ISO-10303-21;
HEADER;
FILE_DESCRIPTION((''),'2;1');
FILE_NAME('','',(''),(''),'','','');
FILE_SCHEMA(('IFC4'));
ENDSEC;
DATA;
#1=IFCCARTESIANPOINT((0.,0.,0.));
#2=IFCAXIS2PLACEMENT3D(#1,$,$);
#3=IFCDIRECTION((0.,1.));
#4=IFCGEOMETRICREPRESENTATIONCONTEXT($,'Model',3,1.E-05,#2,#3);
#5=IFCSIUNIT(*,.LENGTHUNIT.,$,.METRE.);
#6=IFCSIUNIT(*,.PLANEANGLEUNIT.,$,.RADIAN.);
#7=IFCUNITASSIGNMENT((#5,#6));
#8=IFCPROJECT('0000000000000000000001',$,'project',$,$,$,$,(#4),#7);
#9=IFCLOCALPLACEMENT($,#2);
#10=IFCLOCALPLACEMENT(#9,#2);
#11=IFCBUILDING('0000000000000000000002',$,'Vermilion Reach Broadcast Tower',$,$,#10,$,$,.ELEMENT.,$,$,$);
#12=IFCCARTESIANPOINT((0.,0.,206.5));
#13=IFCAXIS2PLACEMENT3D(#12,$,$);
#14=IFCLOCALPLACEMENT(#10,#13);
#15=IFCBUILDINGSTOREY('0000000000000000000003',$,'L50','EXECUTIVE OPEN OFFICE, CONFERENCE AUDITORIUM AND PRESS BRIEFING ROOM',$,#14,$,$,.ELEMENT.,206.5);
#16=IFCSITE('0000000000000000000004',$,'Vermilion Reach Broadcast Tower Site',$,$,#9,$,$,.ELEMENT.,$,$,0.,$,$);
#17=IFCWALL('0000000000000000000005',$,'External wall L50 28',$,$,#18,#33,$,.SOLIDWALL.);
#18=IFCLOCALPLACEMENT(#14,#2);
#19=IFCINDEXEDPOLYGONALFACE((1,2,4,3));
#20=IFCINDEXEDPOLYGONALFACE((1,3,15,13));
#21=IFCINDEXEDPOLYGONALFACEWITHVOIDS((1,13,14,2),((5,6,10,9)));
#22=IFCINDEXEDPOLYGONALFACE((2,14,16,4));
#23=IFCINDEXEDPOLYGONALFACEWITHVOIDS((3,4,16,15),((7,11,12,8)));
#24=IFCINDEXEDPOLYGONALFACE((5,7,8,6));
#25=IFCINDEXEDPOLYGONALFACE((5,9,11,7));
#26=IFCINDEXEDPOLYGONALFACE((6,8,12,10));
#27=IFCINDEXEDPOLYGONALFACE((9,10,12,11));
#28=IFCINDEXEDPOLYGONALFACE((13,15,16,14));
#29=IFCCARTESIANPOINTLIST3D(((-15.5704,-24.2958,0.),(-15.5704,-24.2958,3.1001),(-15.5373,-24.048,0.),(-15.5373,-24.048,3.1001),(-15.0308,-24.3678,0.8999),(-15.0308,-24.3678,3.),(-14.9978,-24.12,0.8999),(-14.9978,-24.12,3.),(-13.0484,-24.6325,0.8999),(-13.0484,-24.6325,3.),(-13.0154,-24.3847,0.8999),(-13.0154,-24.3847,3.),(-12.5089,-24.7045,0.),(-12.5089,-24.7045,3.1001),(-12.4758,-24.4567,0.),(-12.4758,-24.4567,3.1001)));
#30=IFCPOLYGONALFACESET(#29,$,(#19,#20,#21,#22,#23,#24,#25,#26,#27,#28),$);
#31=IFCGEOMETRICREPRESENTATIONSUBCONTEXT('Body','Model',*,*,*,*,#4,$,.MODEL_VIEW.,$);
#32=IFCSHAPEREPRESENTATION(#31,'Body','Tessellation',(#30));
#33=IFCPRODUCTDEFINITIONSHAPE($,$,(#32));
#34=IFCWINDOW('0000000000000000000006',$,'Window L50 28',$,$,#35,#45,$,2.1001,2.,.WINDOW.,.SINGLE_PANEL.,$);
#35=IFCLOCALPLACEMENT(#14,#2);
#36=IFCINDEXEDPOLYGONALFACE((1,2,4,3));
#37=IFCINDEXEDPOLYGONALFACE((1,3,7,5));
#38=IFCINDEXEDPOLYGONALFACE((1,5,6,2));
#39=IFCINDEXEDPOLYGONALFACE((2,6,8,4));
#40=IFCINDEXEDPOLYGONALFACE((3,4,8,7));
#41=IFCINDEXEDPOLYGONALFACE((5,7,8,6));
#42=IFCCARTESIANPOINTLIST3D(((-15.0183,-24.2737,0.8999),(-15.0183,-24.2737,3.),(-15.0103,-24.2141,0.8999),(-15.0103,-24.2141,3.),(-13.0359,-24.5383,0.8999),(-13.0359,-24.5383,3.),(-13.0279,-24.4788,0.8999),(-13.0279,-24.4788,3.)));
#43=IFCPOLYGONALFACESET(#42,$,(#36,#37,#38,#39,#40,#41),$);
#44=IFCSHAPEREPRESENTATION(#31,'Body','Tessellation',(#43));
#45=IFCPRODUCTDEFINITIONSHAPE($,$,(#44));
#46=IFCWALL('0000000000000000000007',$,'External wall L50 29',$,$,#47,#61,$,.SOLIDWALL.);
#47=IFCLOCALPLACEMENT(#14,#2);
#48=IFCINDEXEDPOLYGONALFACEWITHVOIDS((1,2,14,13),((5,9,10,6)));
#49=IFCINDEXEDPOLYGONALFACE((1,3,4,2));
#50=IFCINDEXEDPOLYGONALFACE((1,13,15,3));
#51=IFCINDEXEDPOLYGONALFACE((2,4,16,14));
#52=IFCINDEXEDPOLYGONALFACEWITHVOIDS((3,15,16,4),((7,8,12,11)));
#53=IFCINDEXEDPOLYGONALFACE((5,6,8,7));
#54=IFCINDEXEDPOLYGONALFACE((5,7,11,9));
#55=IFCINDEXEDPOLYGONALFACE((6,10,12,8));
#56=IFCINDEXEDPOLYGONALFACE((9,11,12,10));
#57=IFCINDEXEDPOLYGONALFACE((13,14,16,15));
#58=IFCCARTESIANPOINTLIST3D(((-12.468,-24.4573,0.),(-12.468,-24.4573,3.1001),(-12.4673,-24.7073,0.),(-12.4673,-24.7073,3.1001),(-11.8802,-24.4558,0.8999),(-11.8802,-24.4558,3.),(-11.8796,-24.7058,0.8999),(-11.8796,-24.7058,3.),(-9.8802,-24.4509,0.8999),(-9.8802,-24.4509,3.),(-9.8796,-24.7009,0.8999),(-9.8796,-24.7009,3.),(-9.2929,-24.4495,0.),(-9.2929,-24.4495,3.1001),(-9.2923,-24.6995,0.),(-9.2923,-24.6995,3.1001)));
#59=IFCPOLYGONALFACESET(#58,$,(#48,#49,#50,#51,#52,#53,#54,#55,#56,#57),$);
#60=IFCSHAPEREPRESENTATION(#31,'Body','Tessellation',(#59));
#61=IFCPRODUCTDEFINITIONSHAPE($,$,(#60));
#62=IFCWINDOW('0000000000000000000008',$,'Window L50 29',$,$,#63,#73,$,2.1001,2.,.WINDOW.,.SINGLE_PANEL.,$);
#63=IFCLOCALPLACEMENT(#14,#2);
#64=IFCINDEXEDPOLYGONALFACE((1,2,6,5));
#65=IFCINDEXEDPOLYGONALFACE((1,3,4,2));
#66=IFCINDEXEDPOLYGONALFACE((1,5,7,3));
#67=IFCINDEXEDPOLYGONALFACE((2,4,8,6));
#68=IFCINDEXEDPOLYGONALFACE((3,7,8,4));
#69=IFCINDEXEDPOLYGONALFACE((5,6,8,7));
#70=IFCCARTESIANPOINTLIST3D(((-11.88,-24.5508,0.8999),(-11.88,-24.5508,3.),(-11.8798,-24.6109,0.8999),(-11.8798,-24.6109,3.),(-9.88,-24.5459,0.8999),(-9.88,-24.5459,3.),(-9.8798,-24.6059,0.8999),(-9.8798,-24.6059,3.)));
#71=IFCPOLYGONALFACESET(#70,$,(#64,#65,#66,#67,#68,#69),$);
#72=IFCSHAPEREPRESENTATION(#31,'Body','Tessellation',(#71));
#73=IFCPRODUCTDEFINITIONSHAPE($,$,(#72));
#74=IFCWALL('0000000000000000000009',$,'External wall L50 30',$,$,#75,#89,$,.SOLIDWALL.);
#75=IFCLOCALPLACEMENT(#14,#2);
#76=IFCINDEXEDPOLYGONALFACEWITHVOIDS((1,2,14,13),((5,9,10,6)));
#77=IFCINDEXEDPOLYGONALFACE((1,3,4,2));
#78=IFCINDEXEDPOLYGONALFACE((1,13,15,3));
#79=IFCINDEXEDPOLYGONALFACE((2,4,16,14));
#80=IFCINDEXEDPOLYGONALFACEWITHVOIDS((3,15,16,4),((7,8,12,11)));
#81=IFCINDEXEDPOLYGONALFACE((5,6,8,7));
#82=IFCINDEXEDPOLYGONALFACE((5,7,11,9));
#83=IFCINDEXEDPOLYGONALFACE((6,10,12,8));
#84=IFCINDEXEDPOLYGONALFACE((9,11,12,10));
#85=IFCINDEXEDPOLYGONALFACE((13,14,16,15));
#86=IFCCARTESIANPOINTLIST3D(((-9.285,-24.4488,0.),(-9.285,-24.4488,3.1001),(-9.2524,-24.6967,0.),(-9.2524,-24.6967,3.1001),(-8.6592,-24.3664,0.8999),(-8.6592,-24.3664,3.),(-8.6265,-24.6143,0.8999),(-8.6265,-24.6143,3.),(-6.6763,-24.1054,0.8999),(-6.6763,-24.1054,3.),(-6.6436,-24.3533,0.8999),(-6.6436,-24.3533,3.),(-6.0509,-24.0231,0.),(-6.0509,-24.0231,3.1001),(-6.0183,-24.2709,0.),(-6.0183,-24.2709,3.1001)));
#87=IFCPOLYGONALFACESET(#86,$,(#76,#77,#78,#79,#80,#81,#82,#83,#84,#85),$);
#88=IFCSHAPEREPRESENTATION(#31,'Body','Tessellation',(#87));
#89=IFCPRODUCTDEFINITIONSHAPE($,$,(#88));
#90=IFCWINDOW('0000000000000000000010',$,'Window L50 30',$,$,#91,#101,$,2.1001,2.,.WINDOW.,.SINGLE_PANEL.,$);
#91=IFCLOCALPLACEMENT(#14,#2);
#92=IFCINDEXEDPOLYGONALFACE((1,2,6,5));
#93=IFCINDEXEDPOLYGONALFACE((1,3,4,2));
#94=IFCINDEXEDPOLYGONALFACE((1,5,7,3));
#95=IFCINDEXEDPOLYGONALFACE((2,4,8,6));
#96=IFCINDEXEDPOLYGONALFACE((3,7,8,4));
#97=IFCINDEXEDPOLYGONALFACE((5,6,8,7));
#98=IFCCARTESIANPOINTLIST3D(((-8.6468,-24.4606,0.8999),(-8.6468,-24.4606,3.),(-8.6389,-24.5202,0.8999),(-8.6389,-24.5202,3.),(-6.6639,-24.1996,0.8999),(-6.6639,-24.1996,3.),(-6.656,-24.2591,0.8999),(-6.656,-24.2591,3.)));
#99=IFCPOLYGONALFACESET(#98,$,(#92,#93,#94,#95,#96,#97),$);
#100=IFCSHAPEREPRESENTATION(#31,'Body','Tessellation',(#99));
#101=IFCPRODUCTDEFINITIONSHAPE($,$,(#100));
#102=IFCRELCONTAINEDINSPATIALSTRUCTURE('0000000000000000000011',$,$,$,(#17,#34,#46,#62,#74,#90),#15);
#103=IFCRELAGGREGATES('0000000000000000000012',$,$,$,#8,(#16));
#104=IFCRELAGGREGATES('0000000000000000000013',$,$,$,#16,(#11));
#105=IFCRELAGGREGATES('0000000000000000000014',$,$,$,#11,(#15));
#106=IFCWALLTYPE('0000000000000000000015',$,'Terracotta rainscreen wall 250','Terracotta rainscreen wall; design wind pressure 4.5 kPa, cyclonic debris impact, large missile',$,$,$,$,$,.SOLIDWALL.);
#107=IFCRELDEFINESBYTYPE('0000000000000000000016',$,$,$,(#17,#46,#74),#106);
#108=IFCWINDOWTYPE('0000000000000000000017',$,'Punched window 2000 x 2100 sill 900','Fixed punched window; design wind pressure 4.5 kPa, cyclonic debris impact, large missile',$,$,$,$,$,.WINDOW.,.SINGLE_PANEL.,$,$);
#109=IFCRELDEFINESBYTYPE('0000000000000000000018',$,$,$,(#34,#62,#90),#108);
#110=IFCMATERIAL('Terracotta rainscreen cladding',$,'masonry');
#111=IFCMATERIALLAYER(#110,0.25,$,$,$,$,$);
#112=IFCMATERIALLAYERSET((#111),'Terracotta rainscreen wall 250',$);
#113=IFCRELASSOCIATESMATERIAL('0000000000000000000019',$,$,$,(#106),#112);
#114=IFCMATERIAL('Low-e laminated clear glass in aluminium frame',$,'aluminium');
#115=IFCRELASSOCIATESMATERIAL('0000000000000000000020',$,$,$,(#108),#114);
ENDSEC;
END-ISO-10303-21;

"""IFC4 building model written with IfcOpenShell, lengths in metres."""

from ifc_helpers import new_model, si_unit, direction, frame, frame_2d, origin, place, context, subcontext, project, spatial, rectangle, extrude, material, layer, layer_set, type_object, element, fill, save


model = new_model("IFC4")

# Units and contexts
model_context = context("Model", 3, precision=1e-05, world=origin(), true_north=direction((0.0, 1.0)))
body_context = subcontext(model_context, "Body", "Model", "MODEL_VIEW")
ifc_project = project(units=[si_unit("LENGTHUNIT", "METRE"), si_unit("PLANEANGLEUNIT", "RADIAN")], contexts=[model_context])

# Site, building, storey
site_placement = place(None, origin())
site = spatial("IfcSite", under=ifc_project, at=site_placement, Name="Vermilion Reach Broadcast Tower Site", CompositionType="ELEMENT", RefElevation=0.0)
building_placement = place(site_placement, origin())
building = spatial("IfcBuilding", under=site, at=building_placement, Name="Vermilion Reach Broadcast Tower", CompositionType="ELEMENT")
storey_placement = place(building_placement, frame((0.0, 0.0, 206.5)))
storey = spatial("IfcBuildingStorey", under=building, at=storey_placement, Name="L50", Description="EXECUTIVE OPEN OFFICE, CONFERENCE AUDITORIUM AND PRESS BRIEFING ROOM", CompositionType="ELEMENT", Elevation=206.5)

# Shared definitions
ifc_material_1 = material(Name="Terracotta rainscreen cladding", Category="masonry")
ifc_layer_1 = layer(ifc_material_1, 0.25)
ifc_layer_set_1 = layer_set([ifc_layer_1], Name="Terracotta rainscreen wall 250")
wall_type_1 = type_object("IfcWallType", Name="Terracotta rainscreen wall 250", Description="Terracotta rainscreen wall; design wind pressure 4.5 kPa, cyclonic debris impact, large missile", PredefinedType="SOLIDWALL", material=ifc_layer_set_1)

# Walls, openings, windows
wall_1_placement = place(storey_placement, frame((-15.554, -24.1719, 0.0), z_axis=(0.0, 0.0, 1.0), x_axis=(0.991207, -0.132319, 0.0)))
wall_1 = element("IfcWall", 1, at=wall_1_placement, inside=storey, type_object=wall_type_1, Name="External wall L50 28", PredefinedType="SOLIDWALL", context=body_context, shape_type="SweptSolid", body=[
    extrude(rectangle(XDim=3.0886, YDim=0.25, at=frame_2d((1.5444, 0.0))), origin(), (0.0, 0.0, 1.0), 3.1001),
])
opening_1_placement = place(wall_1_placement, frame((0.5444, 0.0, 0.8999)))
opening_1 = element("IfcOpeningElement", 2, at=opening_1_placement, cuts=wall_1, PredefinedType="OPENING", context=body_context, shape_type="SweptSolid", body=[
    extrude(rectangle(XDim=2.0, YDim=2.1001, at=frame_2d((1.0, 1.05))), frame((0.0, 0.135, 0.0), z_axis=(0.0, -1.0, 0.0), x_axis=(1.0, 0.0, 0.0)), (0.0, 0.0, 1.0), 0.27),
])
ifc_material_2 = material(Name="Low-e laminated clear glass in aluminium frame", Category="aluminium")
window_type = type_object("IfcWindowType", Name="Punched window 2000 x 2100 sill 900", Description="Fixed punched window; design wind pressure 4.5 kPa, cyclonic debris impact, large missile", PartitioningType="SINGLE_PANEL", PredefinedType="WINDOW", material=ifc_material_2)
window_1_placement = place(opening_1_placement, origin())
window_1 = element("IfcWindow", 3, at=window_1_placement, inside=storey, type_object=window_type, Name="Window L50 28", OverallHeight=2.1001, OverallWidth=2.0, PartitioningType="SINGLE_PANEL", PredefinedType="WINDOW", context=body_context, shape_type="SweptSolid", body=[
    extrude(rectangle(XDim=2.0, YDim=2.1001, at=frame_2d((1.0, 1.05))), frame((0.0, 0.03, 0.0), z_axis=(0.0, -1.0, 0.0), x_axis=(1.0, 0.0, 0.0)), (0.0, 0.0, 1.0), 0.0601),
])
fill(opening_1, window_1)
wall_2_placement = place(storey_placement, frame((-12.4675, -24.5823, 0.0), z_axis=(0.0, 0.0, 1.0), x_axis=(0.999997, 0.002461, 0.0)))
wall_2 = element("IfcWall", 4, at=wall_2_placement, inside=storey, type_object=wall_type_1, Name="External wall L50 29", PredefinedType="SOLIDWALL", context=body_context, shape_type="SweptSolid", body=[
    extrude(rectangle(XDim=3.175, YDim=0.25, at=frame_2d((1.5874, 0.0))), origin(), (0.0, 0.0, 1.0), 3.1001),
])
opening_2_placement = place(wall_2_placement, frame((0.5876, 0.0, 0.8999)))
opening_2 = element("IfcOpeningElement", 5, at=opening_2_placement, cuts=wall_2, PredefinedType="OPENING", context=body_context, shape_type="SweptSolid", body=[
    extrude(rectangle(XDim=2.0, YDim=2.1001, at=frame_2d((1.0, 1.05))), frame((0.0, 0.135, 0.0), z_axis=(0.0, -1.0, 0.0), x_axis=(1.0, 0.0, 0.0)), (0.0, 0.0, 1.0), 0.27),
])
window_2_placement = place(opening_2_placement, origin())
window_2 = element("IfcWindow", 6, at=window_2_placement, inside=storey, type_object=window_type, Name="Window L50 29", OverallHeight=2.1001, OverallWidth=2.0, PartitioningType="SINGLE_PANEL", PredefinedType="WINDOW", context=body_context, shape_type="SweptSolid", body=[
    extrude(rectangle(XDim=2.0, YDim=2.1001, at=frame_2d((1.0, 1.05))), frame((0.0, 0.03, 0.0), z_axis=(0.0, -1.0, 0.0), x_axis=(1.0, 0.0, 0.0)), (0.0, 0.0, 1.0), 0.0601),
])
fill(opening_2, window_2)
wall_3_placement = place(storey_placement, frame((-9.2686, -24.5728, 0.0), z_axis=(0.0, 0.0, 1.0), x_axis=(0.991445, 0.130526, 0.0)))
wall_3 = element("IfcWall", 7, at=wall_3_placement, inside=storey, type_object=wall_type_1, Name="External wall L50 30", PredefinedType="SOLIDWALL", context=body_context, shape_type="SweptSolid", body=[
    extrude(rectangle(XDim=3.262, YDim=0.25, at=frame_2d((1.6309, 0.0))), origin(), (0.0, 0.0, 1.0), 3.1001),
])
opening_3_placement = place(wall_3_placement, frame((0.6311, 0.0, 0.8999)))
opening_3 = element("IfcOpeningElement", 8, at=opening_3_placement, cuts=wall_3, PredefinedType="OPENING", context=body_context, shape_type="SweptSolid", body=[
    extrude(rectangle(XDim=2.0, YDim=2.1001, at=frame_2d((1.0, 1.05))), frame((0.0, 0.135, 0.0), z_axis=(0.0, -1.0, 0.0), x_axis=(1.0, 0.0, 0.0)), (0.0, 0.0, 1.0), 0.27),
])
window_3_placement = place(opening_3_placement, origin())
window_3 = element("IfcWindow", 9, at=window_3_placement, inside=storey, type_object=window_type, Name="Window L50 30", OverallHeight=2.1001, OverallWidth=2.0, PartitioningType="SINGLE_PANEL", PredefinedType="WINDOW", context=body_context, shape_type="SweptSolid", body=[
    extrude(rectangle(XDim=2.0, YDim=2.1001, at=frame_2d((1.0, 1.05))), frame((0.0, 0.03, 0.0), z_axis=(0.0, -1.0, 0.0), x_axis=(1.0, 0.0, 0.0)), (0.0, 0.0, 1.0), 0.0601),
])
fill(opening_3, window_3)

save(model, "model.ifc")
